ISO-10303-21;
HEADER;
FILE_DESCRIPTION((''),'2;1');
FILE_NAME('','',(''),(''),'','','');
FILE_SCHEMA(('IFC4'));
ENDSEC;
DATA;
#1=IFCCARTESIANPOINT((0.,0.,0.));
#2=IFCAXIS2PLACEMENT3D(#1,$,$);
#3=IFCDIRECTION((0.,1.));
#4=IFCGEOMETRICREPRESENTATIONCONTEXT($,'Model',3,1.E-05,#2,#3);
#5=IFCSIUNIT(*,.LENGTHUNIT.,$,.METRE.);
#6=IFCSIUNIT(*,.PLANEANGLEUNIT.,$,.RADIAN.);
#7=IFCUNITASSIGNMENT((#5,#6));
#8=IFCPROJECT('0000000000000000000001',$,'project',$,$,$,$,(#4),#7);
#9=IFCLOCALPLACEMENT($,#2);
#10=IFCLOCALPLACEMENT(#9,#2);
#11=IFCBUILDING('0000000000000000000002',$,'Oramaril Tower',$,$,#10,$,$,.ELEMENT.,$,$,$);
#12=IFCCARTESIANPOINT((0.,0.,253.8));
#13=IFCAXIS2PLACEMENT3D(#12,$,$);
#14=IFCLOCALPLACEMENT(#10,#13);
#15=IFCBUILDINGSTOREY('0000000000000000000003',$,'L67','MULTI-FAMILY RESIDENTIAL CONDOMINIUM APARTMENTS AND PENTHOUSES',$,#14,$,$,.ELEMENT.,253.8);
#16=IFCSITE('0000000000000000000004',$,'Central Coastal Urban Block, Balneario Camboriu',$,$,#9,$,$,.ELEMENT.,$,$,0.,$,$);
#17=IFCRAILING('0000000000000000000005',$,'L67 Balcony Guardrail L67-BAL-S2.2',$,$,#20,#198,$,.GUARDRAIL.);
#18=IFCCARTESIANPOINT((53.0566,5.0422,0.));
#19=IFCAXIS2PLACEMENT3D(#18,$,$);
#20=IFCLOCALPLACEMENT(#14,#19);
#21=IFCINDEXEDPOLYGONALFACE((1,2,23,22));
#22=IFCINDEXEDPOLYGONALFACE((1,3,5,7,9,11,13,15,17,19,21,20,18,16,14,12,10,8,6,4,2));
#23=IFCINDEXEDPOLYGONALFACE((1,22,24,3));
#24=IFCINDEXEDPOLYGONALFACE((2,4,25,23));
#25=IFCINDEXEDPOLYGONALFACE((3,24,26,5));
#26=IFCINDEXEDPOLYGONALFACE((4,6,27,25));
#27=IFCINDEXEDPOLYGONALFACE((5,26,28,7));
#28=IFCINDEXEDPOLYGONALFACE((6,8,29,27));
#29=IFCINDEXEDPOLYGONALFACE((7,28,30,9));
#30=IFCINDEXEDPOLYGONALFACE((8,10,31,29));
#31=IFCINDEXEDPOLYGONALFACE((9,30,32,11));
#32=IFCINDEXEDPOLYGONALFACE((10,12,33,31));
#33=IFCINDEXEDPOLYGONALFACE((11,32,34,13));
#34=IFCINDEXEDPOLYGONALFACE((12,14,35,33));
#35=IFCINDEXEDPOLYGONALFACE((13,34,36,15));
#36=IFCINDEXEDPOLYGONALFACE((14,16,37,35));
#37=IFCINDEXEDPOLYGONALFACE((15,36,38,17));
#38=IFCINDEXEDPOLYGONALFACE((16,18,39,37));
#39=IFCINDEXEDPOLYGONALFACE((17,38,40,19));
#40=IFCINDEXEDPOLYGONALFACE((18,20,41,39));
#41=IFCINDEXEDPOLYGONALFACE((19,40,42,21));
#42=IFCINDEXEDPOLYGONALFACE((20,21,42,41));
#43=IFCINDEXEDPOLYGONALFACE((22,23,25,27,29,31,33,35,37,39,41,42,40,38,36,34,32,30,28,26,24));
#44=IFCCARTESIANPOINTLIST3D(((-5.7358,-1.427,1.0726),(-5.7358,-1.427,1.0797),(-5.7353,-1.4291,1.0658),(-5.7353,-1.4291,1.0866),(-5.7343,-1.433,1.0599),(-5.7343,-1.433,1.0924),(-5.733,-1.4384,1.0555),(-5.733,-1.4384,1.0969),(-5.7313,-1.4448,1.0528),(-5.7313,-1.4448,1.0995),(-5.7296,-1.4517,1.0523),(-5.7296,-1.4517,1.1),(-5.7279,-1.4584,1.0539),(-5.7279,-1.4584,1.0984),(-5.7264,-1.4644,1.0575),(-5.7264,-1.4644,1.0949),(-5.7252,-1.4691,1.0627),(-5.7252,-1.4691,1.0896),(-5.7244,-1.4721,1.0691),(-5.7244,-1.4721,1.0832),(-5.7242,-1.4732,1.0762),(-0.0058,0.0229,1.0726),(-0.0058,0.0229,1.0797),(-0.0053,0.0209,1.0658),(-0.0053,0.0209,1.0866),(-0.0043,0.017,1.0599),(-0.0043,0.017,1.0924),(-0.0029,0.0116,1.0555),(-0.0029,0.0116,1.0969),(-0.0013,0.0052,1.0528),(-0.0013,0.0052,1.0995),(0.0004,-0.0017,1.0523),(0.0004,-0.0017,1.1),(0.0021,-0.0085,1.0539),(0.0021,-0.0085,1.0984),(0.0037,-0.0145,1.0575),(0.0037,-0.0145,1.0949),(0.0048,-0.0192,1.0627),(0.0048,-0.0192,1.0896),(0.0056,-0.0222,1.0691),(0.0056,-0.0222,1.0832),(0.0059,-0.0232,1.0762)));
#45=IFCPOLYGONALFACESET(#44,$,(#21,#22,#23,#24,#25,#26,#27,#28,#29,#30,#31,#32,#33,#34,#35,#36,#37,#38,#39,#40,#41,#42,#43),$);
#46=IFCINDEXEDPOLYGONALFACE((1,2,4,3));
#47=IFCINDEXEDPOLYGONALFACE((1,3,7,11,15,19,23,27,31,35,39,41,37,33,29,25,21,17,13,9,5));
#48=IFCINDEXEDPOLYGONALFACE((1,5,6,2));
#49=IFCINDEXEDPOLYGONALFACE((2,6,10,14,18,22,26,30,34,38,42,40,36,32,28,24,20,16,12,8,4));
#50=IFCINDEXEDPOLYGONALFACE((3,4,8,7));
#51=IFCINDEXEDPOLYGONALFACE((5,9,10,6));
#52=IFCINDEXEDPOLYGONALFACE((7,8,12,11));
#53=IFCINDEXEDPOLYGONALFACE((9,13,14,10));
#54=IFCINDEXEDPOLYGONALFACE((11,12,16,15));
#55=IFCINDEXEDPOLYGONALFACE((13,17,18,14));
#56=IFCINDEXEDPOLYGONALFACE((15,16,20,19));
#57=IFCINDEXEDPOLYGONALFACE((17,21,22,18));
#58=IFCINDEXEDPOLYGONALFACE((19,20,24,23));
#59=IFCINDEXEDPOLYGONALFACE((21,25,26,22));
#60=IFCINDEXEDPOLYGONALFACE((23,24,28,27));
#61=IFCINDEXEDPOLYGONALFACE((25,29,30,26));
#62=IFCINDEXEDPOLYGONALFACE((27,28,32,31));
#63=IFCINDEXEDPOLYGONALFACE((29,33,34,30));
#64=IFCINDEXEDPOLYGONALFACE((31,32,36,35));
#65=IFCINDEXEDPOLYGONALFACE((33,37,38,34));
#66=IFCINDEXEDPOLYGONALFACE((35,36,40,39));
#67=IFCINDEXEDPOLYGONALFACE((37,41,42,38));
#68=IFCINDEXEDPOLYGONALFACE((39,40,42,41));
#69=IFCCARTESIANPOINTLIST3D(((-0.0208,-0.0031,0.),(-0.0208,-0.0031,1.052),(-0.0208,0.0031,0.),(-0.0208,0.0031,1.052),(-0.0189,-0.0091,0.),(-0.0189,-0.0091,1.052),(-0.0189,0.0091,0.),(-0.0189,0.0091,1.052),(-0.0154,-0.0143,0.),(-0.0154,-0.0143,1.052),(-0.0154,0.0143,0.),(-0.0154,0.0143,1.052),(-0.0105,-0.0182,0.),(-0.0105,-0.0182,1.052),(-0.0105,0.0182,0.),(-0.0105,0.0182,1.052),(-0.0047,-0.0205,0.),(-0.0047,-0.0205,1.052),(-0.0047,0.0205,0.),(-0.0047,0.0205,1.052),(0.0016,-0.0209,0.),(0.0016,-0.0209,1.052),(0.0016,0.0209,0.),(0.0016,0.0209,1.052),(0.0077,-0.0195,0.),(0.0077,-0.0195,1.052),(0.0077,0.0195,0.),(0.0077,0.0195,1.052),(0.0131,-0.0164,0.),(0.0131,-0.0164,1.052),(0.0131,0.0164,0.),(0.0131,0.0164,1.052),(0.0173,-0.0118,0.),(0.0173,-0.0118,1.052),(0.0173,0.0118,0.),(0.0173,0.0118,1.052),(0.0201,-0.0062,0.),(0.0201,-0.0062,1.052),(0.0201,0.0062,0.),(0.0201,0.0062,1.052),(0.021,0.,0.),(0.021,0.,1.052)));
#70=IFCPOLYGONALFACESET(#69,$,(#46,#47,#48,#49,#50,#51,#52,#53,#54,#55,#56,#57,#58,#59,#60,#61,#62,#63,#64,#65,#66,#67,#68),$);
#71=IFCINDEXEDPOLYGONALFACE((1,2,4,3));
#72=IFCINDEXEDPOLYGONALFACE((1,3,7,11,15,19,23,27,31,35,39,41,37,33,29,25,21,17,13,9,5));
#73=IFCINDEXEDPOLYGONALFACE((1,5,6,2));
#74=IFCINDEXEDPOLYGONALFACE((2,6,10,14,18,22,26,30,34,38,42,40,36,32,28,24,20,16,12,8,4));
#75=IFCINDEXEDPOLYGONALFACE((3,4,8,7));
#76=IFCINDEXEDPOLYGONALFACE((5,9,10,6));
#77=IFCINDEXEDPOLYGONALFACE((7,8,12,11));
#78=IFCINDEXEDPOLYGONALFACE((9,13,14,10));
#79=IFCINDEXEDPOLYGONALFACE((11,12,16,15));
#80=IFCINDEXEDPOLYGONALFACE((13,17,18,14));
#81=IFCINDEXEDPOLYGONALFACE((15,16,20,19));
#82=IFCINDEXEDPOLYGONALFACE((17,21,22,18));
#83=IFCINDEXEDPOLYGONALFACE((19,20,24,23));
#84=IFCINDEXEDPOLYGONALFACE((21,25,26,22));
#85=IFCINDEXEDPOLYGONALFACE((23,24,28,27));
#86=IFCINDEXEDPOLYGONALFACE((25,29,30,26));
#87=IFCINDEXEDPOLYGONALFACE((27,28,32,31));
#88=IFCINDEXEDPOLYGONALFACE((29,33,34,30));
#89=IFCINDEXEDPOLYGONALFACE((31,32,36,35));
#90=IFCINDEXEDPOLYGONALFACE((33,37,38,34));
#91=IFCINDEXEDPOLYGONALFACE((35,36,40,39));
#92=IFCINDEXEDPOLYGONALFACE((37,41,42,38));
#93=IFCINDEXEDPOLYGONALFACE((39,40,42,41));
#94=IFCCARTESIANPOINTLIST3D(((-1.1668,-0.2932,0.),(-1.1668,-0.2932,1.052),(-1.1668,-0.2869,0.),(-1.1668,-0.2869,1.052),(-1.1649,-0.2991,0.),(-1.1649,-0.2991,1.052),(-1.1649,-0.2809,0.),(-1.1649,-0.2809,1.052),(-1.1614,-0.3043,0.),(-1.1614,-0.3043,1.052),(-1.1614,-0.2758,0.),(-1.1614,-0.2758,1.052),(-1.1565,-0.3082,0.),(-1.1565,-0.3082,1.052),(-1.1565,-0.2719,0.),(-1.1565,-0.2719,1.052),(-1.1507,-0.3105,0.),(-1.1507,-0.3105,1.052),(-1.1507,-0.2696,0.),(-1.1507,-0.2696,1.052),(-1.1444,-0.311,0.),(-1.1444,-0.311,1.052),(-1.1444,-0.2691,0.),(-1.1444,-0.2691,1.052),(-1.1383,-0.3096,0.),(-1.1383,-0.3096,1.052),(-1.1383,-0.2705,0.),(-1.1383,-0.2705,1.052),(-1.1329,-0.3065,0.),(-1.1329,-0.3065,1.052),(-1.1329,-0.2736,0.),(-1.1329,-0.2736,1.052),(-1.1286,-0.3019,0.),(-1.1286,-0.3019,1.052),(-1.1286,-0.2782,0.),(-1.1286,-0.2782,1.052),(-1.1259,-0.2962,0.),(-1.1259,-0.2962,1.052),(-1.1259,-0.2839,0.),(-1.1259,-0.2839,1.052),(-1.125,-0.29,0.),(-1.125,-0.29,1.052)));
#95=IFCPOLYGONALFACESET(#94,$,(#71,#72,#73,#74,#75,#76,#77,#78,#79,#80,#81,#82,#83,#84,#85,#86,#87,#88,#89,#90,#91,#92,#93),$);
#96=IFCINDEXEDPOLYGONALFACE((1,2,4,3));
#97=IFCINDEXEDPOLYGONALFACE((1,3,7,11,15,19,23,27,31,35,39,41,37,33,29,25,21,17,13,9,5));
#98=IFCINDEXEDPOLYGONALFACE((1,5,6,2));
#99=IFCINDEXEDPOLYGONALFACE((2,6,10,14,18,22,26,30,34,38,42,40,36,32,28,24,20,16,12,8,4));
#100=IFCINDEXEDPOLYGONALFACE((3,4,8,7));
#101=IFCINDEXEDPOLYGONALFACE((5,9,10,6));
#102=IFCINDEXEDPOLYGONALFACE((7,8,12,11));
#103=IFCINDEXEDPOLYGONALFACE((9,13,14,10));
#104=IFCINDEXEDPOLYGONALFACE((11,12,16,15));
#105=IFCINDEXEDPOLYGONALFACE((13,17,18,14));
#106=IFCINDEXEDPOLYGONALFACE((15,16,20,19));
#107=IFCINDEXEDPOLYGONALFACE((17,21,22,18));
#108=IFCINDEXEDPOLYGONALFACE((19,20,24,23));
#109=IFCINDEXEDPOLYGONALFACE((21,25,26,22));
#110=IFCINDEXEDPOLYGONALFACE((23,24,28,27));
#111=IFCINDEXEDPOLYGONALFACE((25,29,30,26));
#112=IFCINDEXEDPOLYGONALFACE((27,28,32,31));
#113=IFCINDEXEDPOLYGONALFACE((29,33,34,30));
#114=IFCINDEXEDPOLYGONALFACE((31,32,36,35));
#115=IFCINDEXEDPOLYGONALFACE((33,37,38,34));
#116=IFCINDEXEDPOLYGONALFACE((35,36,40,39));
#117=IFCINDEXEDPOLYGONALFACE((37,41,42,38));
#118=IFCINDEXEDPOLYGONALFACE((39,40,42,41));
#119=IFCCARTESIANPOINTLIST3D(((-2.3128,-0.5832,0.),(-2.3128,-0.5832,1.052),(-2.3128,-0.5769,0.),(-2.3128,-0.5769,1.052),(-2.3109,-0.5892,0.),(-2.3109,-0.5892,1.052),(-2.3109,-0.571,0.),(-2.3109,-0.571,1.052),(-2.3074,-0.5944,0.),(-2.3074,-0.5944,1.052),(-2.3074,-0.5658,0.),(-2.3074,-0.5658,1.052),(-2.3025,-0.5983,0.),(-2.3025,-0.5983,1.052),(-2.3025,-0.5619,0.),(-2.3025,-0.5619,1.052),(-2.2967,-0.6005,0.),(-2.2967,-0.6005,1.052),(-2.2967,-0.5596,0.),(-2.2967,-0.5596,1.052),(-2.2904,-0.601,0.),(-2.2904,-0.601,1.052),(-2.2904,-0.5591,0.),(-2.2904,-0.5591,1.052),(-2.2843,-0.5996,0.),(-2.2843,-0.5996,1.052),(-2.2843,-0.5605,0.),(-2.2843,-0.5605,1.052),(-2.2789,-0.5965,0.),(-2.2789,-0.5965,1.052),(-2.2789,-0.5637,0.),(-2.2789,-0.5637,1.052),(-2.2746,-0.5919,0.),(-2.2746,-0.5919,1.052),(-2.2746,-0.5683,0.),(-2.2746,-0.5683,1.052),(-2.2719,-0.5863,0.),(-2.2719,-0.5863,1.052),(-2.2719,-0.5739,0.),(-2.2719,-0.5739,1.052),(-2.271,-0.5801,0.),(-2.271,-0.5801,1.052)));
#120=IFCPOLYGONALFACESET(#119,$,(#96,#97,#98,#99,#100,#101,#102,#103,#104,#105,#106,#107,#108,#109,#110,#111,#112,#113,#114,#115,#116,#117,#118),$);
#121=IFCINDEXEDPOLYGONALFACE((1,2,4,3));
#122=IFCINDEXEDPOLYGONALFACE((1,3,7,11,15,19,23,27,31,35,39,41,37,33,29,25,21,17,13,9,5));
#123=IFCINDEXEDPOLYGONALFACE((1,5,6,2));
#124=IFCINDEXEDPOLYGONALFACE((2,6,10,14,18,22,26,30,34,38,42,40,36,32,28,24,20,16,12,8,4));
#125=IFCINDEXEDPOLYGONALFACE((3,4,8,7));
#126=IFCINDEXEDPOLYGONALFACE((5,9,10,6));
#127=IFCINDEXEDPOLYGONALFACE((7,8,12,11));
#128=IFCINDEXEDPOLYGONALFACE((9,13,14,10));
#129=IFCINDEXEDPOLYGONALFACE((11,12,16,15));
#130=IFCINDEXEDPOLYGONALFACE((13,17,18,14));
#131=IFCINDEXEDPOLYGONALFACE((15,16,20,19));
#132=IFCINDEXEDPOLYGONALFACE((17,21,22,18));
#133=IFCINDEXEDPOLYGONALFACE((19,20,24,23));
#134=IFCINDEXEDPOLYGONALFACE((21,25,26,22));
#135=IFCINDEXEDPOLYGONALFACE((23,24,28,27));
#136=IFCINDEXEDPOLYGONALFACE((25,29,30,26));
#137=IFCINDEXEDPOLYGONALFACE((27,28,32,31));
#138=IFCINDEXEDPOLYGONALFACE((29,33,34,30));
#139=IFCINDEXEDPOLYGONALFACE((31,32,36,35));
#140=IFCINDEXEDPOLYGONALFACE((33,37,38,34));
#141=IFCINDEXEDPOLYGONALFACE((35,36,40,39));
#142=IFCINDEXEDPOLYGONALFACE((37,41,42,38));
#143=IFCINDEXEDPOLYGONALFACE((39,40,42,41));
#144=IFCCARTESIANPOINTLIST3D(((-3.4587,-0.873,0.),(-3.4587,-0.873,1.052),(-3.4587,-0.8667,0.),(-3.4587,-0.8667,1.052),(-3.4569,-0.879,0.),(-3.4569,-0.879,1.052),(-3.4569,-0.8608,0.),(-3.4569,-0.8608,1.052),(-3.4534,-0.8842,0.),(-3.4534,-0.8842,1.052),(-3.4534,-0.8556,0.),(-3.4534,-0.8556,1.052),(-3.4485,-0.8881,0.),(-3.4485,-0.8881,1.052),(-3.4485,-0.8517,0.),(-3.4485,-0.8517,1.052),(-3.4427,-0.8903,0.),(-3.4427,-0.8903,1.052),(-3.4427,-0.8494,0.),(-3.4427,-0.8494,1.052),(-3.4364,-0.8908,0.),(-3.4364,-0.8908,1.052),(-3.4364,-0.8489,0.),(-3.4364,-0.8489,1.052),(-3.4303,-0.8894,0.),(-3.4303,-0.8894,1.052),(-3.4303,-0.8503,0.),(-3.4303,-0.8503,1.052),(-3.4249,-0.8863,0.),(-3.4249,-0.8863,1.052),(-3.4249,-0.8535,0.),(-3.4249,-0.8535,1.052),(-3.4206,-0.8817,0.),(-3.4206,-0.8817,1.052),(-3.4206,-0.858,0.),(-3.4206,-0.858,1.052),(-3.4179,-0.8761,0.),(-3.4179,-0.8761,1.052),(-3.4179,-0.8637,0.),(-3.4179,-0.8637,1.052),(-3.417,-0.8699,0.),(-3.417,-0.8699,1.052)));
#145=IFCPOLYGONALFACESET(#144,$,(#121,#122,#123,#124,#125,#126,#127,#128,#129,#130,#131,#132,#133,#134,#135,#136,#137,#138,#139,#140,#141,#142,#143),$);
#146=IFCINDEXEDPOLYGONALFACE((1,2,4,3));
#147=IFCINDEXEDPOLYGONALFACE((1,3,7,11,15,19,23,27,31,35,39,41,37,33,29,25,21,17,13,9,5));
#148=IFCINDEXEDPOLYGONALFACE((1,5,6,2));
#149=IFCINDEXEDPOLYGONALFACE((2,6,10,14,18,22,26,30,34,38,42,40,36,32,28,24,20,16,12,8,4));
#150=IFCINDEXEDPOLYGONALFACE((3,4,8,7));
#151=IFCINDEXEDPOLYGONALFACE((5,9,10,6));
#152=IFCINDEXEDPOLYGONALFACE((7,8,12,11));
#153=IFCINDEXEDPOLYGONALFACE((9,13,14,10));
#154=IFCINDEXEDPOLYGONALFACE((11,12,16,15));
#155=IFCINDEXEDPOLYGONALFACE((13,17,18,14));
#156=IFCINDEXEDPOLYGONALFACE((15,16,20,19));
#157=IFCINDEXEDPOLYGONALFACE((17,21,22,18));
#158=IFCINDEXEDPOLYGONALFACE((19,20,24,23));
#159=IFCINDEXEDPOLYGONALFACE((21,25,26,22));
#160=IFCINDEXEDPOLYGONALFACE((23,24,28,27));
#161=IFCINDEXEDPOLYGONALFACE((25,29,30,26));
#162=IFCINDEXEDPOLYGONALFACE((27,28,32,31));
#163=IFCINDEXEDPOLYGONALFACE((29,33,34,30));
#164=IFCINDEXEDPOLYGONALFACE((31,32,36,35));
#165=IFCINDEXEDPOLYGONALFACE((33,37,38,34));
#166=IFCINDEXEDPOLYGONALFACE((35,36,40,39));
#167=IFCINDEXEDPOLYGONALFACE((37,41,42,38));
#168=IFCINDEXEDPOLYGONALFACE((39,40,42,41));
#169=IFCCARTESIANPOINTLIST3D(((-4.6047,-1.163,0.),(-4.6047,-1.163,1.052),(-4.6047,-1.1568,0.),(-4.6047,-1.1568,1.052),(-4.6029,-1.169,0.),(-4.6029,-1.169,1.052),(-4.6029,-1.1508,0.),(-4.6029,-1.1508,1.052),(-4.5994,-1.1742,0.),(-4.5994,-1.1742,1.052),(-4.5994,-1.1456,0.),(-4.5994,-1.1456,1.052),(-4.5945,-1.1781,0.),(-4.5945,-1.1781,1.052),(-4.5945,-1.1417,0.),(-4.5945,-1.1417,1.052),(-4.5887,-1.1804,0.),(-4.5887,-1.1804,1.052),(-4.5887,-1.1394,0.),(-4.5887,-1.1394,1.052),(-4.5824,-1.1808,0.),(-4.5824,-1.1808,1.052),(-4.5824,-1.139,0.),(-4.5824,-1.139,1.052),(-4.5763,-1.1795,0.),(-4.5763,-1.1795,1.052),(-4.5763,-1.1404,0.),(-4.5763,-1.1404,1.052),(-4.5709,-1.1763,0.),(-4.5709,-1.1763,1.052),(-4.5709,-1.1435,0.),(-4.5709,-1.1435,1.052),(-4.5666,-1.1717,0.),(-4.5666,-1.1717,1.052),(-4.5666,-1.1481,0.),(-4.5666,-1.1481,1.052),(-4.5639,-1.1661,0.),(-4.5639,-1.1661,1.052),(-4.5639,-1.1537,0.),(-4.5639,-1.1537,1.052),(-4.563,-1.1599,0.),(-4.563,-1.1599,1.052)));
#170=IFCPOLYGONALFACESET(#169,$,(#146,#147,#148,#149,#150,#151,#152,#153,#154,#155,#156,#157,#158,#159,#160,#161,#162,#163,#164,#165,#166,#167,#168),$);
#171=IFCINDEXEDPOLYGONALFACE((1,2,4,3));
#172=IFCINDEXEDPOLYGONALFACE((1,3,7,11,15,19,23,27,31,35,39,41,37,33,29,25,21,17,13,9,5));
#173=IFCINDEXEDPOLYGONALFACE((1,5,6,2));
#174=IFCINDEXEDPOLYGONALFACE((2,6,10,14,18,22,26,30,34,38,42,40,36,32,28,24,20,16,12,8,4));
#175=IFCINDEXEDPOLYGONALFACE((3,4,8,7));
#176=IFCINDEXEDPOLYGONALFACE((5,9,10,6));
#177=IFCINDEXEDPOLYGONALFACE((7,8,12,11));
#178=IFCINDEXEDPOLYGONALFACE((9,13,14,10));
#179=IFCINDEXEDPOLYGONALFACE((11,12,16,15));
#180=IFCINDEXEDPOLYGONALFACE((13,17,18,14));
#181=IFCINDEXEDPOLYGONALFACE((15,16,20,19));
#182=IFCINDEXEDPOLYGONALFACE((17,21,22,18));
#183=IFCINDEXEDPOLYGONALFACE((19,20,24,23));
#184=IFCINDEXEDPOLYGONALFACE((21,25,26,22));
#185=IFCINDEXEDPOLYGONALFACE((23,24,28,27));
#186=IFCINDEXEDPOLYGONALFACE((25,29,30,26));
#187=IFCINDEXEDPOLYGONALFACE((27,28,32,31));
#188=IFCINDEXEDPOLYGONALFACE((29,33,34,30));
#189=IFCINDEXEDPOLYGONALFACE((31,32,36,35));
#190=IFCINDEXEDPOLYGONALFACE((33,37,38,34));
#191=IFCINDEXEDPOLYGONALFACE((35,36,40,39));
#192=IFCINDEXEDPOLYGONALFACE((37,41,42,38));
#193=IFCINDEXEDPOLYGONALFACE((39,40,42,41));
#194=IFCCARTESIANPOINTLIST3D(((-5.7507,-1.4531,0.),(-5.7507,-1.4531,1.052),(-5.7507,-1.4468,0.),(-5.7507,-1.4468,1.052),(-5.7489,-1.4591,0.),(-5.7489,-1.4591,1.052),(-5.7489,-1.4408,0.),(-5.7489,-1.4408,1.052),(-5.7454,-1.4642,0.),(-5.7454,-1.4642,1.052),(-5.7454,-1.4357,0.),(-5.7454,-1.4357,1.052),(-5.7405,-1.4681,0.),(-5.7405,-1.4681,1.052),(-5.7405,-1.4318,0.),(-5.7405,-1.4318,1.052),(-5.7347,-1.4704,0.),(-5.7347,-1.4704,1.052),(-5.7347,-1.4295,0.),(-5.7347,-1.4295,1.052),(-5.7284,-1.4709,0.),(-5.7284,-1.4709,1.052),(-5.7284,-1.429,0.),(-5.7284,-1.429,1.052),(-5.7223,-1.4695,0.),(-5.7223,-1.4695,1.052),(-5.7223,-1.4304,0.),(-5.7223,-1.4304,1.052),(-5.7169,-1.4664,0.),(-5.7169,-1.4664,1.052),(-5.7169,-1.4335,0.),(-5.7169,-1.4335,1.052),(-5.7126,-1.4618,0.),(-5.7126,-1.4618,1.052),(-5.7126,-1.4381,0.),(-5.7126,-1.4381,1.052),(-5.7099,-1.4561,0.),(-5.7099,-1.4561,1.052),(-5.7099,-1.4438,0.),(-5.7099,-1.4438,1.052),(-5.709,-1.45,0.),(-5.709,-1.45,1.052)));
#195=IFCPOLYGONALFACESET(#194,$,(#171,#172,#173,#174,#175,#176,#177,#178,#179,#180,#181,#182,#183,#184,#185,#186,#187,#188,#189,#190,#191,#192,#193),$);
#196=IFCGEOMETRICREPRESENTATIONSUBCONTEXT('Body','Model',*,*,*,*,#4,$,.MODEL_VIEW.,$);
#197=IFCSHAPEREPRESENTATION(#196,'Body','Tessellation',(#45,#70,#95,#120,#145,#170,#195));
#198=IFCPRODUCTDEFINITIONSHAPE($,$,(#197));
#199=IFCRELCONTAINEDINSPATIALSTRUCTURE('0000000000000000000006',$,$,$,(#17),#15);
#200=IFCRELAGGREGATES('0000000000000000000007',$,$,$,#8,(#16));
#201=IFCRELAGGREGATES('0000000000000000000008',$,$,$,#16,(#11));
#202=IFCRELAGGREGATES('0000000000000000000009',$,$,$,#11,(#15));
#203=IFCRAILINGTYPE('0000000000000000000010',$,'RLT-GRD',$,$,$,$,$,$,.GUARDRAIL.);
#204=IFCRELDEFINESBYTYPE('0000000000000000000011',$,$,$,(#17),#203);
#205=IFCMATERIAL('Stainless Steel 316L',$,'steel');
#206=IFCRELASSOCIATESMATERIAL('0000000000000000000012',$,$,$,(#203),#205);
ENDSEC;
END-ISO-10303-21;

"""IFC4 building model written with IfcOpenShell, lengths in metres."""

from ifc_helpers import new_model, si_unit, direction, frame, origin, origin_2d, place, context, subcontext, project, spatial, circle, extrude, material, type_object, element, save


model = new_model("IFC4")

# Units and contexts
model_context = context("Model", 3, precision=1e-05, world=origin(), true_north=direction((0.0, 1.0)))
body_context = subcontext(model_context, "Body", "Model", "MODEL_VIEW")
ifc_project = project(units=[si_unit("LENGTHUNIT", "METRE"), si_unit("PLANEANGLEUNIT", "RADIAN")], contexts=[model_context])

# Site, building, storey
site_placement = place(None, origin())
site = spatial("IfcSite", under=ifc_project, at=site_placement, Name="Central Coastal Urban Block, Balneario Camboriu", CompositionType="ELEMENT", RefElevation=0.0)
building_placement = place(site_placement, origin())
building = spatial("IfcBuilding", under=site, at=building_placement, Name="Oramaril Tower", CompositionType="ELEMENT")
storey_placement = place(building_placement, frame((0.0, 0.0, 253.8)))
storey = spatial("IfcBuildingStorey", under=building, at=storey_placement, Name="L67", Description="MULTI-FAMILY RESIDENTIAL CONDOMINIUM APARTMENTS AND PENTHOUSES", CompositionType="ELEMENT", Elevation=253.8)

# Railing
ifc_material_1 = material(Name="Stainless Steel 316L", Category="steel")
railing_type = type_object("IfcRailingType", Name="RLT-GRD", PredefinedType="GUARDRAIL", material=ifc_material_1)
railing_1_placement = place(storey_placement, frame((53.0566, 5.0422, 0.0)))
element("IfcRailing", 1, at=railing_1_placement, inside=storey, type_object=railing_type, Name="L67 Balcony Guardrail L67-BAL-S2.2", PredefinedType="GUARDRAIL", context=body_context, shape_type="SweptSolid", body=[
    extrude(circle(Radius=0.0239, at=origin_2d()), frame((0.0, 0.0, 1.0762), z_axis=(-0.969444, -0.245314, 0.0), x_axis=(0.245314, -0.969444, 0.0)), (0.0, 0.0, 1.0), 5.9106),
    extrude(circle(Radius=0.021, at=origin_2d()), origin(), (0.0, 0.0, 1.0), 1.052),
    extrude(circle(Radius=0.021, at=origin_2d()), frame((-1.146, -0.29, 0.0)), (0.0, 0.0, 1.0), 1.052),
    extrude(circle(Radius=0.021, at=origin_2d()), frame((-2.292, -0.5801, 0.0)), (0.0, 0.0, 1.0), 1.052),
    extrude(circle(Radius=0.021, at=origin_2d()), frame((-3.438, -0.8699, 0.0)), (0.0, 0.0, 1.0), 1.052),
    extrude(circle(Radius=0.021, at=origin_2d()), frame((-4.584, -1.1599, 0.0)), (0.0, 0.0, 1.0), 1.052),
    extrude(circle(Radius=0.021, at=origin_2d()), frame((-5.73, -1.45, 0.0)), (0.0, 0.0, 1.0), 1.052),
])

save(model, "model.ifc")
